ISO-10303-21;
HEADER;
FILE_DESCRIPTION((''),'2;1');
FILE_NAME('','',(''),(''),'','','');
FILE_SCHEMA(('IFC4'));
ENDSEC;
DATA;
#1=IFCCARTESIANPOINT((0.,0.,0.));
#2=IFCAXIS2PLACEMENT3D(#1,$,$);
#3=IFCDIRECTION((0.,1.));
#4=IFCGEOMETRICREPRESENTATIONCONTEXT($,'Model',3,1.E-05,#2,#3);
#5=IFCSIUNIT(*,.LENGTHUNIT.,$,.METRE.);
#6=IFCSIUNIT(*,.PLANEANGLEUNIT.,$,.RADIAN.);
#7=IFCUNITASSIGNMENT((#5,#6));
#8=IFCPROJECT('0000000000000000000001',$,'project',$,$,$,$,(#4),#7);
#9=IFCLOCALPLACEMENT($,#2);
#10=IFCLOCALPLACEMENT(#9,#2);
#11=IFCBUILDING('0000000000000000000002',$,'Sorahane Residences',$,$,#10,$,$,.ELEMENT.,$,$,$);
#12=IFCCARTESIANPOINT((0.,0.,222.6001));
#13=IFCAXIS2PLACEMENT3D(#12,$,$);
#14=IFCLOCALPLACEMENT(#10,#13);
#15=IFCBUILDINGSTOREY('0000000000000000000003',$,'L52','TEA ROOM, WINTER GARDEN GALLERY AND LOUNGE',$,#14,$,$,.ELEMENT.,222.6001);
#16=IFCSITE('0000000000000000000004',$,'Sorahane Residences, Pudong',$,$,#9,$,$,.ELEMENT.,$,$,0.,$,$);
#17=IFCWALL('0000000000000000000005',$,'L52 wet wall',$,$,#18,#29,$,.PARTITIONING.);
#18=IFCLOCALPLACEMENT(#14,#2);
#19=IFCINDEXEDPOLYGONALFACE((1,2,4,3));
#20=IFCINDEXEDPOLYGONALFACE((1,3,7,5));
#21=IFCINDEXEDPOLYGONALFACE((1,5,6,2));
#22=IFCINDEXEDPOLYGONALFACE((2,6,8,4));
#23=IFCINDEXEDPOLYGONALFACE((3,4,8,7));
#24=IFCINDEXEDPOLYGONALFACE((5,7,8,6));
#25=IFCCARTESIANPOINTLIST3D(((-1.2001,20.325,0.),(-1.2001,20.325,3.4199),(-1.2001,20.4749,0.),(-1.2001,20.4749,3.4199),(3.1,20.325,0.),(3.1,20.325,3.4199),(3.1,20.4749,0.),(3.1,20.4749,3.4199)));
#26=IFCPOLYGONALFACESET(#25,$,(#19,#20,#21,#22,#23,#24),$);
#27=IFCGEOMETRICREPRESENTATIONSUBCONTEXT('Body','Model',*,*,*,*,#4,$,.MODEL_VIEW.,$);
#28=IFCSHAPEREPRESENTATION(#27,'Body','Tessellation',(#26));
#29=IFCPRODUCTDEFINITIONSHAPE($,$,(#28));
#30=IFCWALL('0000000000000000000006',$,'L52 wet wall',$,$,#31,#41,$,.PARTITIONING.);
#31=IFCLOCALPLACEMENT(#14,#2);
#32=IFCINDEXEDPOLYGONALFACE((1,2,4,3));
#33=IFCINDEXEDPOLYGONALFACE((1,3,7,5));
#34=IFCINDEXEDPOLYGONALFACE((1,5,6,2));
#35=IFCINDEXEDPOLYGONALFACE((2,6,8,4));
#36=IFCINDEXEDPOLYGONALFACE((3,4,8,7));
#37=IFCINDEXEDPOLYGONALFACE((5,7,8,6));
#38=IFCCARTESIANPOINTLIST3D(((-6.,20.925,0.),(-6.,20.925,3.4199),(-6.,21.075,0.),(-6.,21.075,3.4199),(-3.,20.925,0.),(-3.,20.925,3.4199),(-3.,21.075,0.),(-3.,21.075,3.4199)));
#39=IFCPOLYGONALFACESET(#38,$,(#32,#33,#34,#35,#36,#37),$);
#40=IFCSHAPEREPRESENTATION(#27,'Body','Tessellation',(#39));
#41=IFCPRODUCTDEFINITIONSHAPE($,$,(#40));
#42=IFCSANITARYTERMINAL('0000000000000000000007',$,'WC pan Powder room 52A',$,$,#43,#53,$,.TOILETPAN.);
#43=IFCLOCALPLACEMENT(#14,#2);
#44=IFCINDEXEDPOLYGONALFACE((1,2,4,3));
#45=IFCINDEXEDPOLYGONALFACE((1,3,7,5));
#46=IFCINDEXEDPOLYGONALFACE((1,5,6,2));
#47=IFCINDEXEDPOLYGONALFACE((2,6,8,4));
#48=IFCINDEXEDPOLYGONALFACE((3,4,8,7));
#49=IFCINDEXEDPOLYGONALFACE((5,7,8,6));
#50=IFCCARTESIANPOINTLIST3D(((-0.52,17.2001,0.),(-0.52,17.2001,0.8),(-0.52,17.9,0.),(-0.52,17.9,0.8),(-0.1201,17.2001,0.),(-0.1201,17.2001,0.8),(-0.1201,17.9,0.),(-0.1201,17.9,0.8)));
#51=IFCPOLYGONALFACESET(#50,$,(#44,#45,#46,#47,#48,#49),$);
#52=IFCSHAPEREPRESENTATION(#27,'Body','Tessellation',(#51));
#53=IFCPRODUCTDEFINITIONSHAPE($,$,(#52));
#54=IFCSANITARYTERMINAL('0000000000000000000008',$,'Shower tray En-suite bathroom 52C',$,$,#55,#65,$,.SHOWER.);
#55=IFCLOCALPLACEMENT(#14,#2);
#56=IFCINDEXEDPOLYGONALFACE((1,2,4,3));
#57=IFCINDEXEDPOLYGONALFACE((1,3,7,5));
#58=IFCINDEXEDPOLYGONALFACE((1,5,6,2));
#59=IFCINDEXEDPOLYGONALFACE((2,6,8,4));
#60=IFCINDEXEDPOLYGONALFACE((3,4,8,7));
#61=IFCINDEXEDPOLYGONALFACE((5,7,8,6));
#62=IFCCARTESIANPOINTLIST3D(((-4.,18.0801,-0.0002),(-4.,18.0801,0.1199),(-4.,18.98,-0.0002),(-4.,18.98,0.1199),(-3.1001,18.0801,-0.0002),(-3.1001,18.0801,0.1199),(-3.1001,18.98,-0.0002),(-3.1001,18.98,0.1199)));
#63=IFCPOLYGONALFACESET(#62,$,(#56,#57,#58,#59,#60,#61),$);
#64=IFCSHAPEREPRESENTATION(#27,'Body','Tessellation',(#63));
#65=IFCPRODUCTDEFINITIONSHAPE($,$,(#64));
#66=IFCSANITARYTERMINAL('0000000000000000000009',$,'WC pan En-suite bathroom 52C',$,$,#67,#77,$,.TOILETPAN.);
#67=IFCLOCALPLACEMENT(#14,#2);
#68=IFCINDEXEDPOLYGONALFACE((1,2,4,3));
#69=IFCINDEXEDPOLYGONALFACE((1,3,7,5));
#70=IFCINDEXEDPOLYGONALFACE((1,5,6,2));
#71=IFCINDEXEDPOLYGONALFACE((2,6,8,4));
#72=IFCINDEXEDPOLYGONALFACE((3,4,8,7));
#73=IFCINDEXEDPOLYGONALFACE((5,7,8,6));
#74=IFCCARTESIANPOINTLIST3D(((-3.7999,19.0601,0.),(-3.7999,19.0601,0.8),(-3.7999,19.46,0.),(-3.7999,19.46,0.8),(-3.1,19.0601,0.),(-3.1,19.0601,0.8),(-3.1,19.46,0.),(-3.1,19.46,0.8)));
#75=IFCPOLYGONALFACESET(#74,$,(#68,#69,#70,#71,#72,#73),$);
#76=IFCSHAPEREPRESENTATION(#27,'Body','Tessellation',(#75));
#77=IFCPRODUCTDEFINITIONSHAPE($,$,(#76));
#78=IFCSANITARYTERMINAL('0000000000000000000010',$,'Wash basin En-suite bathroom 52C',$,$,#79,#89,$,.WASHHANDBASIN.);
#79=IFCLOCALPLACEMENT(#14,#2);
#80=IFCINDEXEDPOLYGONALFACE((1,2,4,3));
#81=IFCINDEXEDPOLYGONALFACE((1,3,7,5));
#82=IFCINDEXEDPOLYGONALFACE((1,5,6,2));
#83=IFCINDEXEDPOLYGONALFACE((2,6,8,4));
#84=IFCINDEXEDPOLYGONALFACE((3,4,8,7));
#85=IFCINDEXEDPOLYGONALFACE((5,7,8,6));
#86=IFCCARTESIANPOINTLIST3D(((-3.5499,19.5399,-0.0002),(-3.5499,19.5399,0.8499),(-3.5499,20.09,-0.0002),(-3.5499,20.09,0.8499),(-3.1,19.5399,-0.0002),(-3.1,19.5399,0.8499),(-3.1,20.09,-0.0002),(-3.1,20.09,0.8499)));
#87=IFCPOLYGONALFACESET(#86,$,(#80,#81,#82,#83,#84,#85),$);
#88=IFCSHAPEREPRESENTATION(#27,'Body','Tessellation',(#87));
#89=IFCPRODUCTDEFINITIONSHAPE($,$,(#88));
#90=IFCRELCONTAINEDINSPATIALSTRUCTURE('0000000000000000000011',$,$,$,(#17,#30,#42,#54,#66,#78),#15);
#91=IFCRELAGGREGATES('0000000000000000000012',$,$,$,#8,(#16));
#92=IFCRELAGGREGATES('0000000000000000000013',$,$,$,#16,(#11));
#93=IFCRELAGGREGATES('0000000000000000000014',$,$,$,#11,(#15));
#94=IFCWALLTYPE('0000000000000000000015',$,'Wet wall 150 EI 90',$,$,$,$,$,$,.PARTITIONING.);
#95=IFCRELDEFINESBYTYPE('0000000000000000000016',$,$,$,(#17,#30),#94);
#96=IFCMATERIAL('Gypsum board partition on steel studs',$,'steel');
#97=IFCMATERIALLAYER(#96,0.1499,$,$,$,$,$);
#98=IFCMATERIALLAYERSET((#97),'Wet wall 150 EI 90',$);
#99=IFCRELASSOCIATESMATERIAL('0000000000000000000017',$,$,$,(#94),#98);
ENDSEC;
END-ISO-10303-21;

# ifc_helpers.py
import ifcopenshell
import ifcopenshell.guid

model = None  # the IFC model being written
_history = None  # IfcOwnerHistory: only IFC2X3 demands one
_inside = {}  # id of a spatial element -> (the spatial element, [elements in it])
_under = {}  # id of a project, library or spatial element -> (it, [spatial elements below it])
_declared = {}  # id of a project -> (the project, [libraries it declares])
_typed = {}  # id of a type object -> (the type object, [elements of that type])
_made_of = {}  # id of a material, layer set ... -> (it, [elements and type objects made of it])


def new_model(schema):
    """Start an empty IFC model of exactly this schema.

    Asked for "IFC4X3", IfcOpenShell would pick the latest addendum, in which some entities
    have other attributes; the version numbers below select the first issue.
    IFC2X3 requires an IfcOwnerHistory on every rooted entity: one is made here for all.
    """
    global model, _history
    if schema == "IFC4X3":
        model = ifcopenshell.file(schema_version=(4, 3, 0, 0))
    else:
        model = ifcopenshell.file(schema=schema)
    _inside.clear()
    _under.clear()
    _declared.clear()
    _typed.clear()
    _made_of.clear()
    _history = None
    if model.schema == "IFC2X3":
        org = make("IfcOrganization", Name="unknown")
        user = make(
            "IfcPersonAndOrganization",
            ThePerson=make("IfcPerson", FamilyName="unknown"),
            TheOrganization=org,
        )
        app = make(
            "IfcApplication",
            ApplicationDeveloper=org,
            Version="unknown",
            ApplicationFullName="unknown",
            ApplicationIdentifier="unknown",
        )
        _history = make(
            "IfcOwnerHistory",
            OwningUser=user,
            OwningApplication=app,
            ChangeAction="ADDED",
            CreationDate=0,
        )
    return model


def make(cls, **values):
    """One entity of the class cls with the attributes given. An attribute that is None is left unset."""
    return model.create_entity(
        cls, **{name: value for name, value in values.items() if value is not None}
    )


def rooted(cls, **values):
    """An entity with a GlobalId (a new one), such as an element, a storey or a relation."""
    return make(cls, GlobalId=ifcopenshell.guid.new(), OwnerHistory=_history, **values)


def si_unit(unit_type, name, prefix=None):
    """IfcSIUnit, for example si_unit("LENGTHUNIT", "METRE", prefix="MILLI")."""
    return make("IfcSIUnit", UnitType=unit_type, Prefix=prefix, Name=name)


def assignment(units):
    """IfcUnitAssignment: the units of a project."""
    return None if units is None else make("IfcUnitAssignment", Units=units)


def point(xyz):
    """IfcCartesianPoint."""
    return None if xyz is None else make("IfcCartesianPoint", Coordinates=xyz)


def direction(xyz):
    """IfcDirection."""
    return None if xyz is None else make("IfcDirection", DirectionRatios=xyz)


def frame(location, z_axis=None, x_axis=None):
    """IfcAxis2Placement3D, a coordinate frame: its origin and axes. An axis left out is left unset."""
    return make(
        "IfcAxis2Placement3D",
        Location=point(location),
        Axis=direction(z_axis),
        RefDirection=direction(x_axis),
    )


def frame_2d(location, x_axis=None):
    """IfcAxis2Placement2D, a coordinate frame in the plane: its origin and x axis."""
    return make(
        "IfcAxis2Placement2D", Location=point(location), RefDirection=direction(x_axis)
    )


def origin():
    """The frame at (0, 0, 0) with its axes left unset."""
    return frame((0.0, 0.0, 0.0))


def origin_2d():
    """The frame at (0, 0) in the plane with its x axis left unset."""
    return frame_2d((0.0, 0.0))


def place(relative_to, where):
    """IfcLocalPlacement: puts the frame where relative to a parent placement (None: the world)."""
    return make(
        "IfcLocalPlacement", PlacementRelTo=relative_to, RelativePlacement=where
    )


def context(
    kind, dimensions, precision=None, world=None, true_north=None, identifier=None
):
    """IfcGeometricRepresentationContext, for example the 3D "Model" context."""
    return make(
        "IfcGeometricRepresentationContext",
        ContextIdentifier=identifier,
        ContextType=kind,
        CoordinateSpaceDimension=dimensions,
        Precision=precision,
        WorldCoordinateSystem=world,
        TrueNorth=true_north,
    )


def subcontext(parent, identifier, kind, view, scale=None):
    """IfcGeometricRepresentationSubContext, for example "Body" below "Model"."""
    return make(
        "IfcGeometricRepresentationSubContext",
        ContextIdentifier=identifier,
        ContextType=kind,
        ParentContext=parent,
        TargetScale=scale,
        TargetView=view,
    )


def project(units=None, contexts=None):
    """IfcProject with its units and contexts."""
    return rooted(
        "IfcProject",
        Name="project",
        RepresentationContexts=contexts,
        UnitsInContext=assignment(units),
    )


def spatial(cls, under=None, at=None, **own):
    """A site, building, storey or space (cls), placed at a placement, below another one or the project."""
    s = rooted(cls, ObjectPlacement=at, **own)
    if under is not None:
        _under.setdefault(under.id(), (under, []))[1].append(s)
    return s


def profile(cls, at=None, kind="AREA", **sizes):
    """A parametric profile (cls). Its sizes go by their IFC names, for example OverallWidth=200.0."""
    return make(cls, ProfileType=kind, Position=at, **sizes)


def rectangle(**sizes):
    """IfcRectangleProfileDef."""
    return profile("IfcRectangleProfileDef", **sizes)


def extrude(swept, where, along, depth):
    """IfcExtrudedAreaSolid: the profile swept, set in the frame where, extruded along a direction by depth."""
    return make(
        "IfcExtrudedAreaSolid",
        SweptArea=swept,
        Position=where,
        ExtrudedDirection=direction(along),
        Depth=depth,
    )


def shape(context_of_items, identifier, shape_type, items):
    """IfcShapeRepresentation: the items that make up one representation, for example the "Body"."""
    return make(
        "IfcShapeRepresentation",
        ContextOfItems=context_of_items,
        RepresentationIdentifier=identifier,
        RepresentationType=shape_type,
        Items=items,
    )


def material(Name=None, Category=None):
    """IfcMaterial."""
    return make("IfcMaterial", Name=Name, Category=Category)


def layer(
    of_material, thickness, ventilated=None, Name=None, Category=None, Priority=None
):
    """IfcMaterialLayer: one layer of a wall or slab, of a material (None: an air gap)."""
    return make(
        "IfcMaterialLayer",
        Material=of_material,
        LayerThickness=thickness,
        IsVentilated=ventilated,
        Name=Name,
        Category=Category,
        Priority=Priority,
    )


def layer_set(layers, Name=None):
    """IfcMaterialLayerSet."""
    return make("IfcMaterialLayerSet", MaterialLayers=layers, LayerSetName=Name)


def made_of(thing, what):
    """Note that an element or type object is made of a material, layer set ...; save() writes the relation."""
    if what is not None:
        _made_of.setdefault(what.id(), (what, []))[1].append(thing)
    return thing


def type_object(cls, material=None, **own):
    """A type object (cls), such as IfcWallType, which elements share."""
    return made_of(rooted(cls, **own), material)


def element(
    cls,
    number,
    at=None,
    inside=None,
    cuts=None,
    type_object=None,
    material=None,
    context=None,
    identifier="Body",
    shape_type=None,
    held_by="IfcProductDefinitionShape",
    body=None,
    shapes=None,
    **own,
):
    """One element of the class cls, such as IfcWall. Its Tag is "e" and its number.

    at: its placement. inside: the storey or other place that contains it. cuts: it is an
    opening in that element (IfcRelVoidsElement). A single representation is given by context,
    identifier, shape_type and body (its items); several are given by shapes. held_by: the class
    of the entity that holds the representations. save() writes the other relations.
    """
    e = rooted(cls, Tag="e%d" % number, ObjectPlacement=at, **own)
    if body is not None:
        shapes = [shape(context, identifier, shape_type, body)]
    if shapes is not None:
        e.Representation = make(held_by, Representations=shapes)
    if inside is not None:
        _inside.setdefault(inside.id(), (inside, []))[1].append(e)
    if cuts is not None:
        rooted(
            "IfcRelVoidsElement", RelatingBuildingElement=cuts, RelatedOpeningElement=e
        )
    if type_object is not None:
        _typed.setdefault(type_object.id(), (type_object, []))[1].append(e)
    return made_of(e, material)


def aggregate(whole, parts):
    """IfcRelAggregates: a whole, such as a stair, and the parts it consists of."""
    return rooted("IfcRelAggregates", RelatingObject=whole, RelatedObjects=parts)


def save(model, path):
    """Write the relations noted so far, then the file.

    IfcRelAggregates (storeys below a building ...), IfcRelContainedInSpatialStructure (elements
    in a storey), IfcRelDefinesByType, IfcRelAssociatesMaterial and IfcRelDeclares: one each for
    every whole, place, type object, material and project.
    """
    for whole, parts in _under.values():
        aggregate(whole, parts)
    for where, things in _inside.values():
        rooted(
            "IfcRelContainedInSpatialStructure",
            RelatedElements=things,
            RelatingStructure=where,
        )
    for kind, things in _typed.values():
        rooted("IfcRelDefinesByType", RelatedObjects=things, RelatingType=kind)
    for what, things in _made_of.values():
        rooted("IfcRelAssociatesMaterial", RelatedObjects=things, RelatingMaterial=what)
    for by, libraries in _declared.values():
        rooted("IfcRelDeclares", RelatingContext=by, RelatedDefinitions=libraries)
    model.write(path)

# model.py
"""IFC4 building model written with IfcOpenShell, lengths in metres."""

from ifc_helpers import new_model, si_unit, direction, frame, frame_2d, origin, origin_2d, place, context, subcontext, project, spatial, rectangle, extrude, material, layer, layer_set, type_object, element, save


model = new_model("IFC4")

# Units and contexts
model_context = context("Model", 3, precision=1e-05, world=origin(), true_north=direction((0.0, 1.0)))
body_context = subcontext(model_context, "Body", "Model", "MODEL_VIEW")
ifc_project = project(units=[si_unit("LENGTHUNIT", "METRE"), si_unit("PLANEANGLEUNIT", "RADIAN")], contexts=[model_context])

# Site, building, storey
site_placement = place(None, origin())
site = spatial("IfcSite", under=ifc_project, at=site_placement, Name="Sorahane Residences, Pudong", CompositionType="ELEMENT", RefElevation=0.0)
building_placement = place(site_placement, origin())
building = spatial("IfcBuilding", under=site, at=building_placement, Name="Sorahane Residences", CompositionType="ELEMENT")
storey_placement = place(building_placement, frame((0.0, 0.0, 222.6001)))
storey = spatial("IfcBuildingStorey", under=building, at=storey_placement, Name="L52", Description="TEA ROOM, WINTER GARDEN GALLERY AND LOUNGE", CompositionType="ELEMENT", Elevation=222.6001)

# Shared definitions
ifc_material_1 = material(Name="Gypsum board partition on steel studs", Category="steel")
ifc_layer_1 = layer(ifc_material_1, 0.1499)
ifc_layer_set_1 = layer_set([ifc_layer_1], Name="Wet wall 150 EI 90")
wall_type_1 = type_object("IfcWallType", Name="Wet wall 150 EI 90", PredefinedType="PARTITIONING", material=ifc_layer_set_1)

# Walls
wall_1_placement = place(storey_placement, frame((-1.2, 20.3999, 0.0), z_axis=(0.0, 0.0, 1.0), x_axis=(1.0, 0.0, 0.0)))
element("IfcWall", 1, at=wall_1_placement, inside=storey, type_object=wall_type_1, Name="L52 wet wall", PredefinedType="PARTITIONING", context=body_context, shape_type="SweptSolid", body=[
    extrude(rectangle(XDim=4.3, YDim=0.1499, at=frame_2d((2.1499, 0.0))), origin(), (0.0, 0.0, 1.0), 3.4199),
])
wall_2_placement = place(storey_placement, frame((-6.0, 21.0, 0.0), z_axis=(0.0, 0.0, 1.0), x_axis=(1.0, 0.0, 0.0)))
element("IfcWall", 2, at=wall_2_placement, inside=storey, type_object=wall_type_1, Name="L52 wet wall", PredefinedType="PARTITIONING", context=body_context, shape_type="SweptSolid", body=[
    extrude(rectangle(XDim=3.0, YDim=0.1499, at=frame_2d((1.5, 0.0))), origin(), (0.0, 0.0, 1.0), 3.4199),
])

# Sanitary terminals
sanitary_terminal_1_placement = place(storey_placement, frame((-0.3201, 17.55, 0.0), z_axis=(0.0, 0.0, 1.0), x_axis=(1.0, 0.0, 0.0)))
element("IfcSanitaryTerminal", 3, at=sanitary_terminal_1_placement, inside=storey, Name="WC pan Powder room 52A", PredefinedType="TOILETPAN", context=body_context, shape_type="SweptSolid", body=[
    extrude(rectangle(XDim=0.3999, YDim=0.7, at=origin_2d()), origin(), (0.0, 0.0, 1.0), 0.8),
])
sanitary_terminal_2_placement = place(storey_placement, frame((-3.55, 18.53, -0.0002), z_axis=(0.0, 0.0, 1.0), x_axis=(0.0, -1.0, 0.0)))
element("IfcSanitaryTerminal", 4, at=sanitary_terminal_2_placement, inside=storey, Name="Shower tray En-suite bathroom 52C", PredefinedType="SHOWER", context=body_context, shape_type="SweptSolid", body=[
    extrude(rectangle(XDim=0.8999, YDim=0.8999, at=origin_2d()), origin(), (0.0, 0.0, 1.0), 0.1201),
])
sanitary_terminal_3_placement = place(storey_placement, frame((-3.45, 19.26, 0.0), z_axis=(0.0, 0.0, 1.0), x_axis=(0.0, -1.0, 0.0)))
element("IfcSanitaryTerminal", 5, at=sanitary_terminal_3_placement, inside=storey, Name="WC pan En-suite bathroom 52C", PredefinedType="TOILETPAN", context=body_context, shape_type="SweptSolid", body=[
    extrude(rectangle(XDim=0.3999, YDim=0.7, at=origin_2d()), origin(), (0.0, 0.0, 1.0), 0.8),
])
sanitary_terminal_4_placement = place(storey_placement, frame((-3.325, 19.8149, -0.0002), z_axis=(0.0, 0.0, 1.0), x_axis=(0.0, -1.0, 0.0)))
element("IfcSanitaryTerminal", 6, at=sanitary_terminal_4_placement, inside=storey, Name="Wash basin En-suite bathroom 52C", PredefinedType="WASHHANDBASIN", context=body_context, shape_type="SweptSolid", body=[
    extrude(rectangle(XDim=0.55, YDim=0.45, at=origin_2d()), origin(), (0.0, 0.0, 1.0), 0.8501),
])

save(model, "model.ifc")
